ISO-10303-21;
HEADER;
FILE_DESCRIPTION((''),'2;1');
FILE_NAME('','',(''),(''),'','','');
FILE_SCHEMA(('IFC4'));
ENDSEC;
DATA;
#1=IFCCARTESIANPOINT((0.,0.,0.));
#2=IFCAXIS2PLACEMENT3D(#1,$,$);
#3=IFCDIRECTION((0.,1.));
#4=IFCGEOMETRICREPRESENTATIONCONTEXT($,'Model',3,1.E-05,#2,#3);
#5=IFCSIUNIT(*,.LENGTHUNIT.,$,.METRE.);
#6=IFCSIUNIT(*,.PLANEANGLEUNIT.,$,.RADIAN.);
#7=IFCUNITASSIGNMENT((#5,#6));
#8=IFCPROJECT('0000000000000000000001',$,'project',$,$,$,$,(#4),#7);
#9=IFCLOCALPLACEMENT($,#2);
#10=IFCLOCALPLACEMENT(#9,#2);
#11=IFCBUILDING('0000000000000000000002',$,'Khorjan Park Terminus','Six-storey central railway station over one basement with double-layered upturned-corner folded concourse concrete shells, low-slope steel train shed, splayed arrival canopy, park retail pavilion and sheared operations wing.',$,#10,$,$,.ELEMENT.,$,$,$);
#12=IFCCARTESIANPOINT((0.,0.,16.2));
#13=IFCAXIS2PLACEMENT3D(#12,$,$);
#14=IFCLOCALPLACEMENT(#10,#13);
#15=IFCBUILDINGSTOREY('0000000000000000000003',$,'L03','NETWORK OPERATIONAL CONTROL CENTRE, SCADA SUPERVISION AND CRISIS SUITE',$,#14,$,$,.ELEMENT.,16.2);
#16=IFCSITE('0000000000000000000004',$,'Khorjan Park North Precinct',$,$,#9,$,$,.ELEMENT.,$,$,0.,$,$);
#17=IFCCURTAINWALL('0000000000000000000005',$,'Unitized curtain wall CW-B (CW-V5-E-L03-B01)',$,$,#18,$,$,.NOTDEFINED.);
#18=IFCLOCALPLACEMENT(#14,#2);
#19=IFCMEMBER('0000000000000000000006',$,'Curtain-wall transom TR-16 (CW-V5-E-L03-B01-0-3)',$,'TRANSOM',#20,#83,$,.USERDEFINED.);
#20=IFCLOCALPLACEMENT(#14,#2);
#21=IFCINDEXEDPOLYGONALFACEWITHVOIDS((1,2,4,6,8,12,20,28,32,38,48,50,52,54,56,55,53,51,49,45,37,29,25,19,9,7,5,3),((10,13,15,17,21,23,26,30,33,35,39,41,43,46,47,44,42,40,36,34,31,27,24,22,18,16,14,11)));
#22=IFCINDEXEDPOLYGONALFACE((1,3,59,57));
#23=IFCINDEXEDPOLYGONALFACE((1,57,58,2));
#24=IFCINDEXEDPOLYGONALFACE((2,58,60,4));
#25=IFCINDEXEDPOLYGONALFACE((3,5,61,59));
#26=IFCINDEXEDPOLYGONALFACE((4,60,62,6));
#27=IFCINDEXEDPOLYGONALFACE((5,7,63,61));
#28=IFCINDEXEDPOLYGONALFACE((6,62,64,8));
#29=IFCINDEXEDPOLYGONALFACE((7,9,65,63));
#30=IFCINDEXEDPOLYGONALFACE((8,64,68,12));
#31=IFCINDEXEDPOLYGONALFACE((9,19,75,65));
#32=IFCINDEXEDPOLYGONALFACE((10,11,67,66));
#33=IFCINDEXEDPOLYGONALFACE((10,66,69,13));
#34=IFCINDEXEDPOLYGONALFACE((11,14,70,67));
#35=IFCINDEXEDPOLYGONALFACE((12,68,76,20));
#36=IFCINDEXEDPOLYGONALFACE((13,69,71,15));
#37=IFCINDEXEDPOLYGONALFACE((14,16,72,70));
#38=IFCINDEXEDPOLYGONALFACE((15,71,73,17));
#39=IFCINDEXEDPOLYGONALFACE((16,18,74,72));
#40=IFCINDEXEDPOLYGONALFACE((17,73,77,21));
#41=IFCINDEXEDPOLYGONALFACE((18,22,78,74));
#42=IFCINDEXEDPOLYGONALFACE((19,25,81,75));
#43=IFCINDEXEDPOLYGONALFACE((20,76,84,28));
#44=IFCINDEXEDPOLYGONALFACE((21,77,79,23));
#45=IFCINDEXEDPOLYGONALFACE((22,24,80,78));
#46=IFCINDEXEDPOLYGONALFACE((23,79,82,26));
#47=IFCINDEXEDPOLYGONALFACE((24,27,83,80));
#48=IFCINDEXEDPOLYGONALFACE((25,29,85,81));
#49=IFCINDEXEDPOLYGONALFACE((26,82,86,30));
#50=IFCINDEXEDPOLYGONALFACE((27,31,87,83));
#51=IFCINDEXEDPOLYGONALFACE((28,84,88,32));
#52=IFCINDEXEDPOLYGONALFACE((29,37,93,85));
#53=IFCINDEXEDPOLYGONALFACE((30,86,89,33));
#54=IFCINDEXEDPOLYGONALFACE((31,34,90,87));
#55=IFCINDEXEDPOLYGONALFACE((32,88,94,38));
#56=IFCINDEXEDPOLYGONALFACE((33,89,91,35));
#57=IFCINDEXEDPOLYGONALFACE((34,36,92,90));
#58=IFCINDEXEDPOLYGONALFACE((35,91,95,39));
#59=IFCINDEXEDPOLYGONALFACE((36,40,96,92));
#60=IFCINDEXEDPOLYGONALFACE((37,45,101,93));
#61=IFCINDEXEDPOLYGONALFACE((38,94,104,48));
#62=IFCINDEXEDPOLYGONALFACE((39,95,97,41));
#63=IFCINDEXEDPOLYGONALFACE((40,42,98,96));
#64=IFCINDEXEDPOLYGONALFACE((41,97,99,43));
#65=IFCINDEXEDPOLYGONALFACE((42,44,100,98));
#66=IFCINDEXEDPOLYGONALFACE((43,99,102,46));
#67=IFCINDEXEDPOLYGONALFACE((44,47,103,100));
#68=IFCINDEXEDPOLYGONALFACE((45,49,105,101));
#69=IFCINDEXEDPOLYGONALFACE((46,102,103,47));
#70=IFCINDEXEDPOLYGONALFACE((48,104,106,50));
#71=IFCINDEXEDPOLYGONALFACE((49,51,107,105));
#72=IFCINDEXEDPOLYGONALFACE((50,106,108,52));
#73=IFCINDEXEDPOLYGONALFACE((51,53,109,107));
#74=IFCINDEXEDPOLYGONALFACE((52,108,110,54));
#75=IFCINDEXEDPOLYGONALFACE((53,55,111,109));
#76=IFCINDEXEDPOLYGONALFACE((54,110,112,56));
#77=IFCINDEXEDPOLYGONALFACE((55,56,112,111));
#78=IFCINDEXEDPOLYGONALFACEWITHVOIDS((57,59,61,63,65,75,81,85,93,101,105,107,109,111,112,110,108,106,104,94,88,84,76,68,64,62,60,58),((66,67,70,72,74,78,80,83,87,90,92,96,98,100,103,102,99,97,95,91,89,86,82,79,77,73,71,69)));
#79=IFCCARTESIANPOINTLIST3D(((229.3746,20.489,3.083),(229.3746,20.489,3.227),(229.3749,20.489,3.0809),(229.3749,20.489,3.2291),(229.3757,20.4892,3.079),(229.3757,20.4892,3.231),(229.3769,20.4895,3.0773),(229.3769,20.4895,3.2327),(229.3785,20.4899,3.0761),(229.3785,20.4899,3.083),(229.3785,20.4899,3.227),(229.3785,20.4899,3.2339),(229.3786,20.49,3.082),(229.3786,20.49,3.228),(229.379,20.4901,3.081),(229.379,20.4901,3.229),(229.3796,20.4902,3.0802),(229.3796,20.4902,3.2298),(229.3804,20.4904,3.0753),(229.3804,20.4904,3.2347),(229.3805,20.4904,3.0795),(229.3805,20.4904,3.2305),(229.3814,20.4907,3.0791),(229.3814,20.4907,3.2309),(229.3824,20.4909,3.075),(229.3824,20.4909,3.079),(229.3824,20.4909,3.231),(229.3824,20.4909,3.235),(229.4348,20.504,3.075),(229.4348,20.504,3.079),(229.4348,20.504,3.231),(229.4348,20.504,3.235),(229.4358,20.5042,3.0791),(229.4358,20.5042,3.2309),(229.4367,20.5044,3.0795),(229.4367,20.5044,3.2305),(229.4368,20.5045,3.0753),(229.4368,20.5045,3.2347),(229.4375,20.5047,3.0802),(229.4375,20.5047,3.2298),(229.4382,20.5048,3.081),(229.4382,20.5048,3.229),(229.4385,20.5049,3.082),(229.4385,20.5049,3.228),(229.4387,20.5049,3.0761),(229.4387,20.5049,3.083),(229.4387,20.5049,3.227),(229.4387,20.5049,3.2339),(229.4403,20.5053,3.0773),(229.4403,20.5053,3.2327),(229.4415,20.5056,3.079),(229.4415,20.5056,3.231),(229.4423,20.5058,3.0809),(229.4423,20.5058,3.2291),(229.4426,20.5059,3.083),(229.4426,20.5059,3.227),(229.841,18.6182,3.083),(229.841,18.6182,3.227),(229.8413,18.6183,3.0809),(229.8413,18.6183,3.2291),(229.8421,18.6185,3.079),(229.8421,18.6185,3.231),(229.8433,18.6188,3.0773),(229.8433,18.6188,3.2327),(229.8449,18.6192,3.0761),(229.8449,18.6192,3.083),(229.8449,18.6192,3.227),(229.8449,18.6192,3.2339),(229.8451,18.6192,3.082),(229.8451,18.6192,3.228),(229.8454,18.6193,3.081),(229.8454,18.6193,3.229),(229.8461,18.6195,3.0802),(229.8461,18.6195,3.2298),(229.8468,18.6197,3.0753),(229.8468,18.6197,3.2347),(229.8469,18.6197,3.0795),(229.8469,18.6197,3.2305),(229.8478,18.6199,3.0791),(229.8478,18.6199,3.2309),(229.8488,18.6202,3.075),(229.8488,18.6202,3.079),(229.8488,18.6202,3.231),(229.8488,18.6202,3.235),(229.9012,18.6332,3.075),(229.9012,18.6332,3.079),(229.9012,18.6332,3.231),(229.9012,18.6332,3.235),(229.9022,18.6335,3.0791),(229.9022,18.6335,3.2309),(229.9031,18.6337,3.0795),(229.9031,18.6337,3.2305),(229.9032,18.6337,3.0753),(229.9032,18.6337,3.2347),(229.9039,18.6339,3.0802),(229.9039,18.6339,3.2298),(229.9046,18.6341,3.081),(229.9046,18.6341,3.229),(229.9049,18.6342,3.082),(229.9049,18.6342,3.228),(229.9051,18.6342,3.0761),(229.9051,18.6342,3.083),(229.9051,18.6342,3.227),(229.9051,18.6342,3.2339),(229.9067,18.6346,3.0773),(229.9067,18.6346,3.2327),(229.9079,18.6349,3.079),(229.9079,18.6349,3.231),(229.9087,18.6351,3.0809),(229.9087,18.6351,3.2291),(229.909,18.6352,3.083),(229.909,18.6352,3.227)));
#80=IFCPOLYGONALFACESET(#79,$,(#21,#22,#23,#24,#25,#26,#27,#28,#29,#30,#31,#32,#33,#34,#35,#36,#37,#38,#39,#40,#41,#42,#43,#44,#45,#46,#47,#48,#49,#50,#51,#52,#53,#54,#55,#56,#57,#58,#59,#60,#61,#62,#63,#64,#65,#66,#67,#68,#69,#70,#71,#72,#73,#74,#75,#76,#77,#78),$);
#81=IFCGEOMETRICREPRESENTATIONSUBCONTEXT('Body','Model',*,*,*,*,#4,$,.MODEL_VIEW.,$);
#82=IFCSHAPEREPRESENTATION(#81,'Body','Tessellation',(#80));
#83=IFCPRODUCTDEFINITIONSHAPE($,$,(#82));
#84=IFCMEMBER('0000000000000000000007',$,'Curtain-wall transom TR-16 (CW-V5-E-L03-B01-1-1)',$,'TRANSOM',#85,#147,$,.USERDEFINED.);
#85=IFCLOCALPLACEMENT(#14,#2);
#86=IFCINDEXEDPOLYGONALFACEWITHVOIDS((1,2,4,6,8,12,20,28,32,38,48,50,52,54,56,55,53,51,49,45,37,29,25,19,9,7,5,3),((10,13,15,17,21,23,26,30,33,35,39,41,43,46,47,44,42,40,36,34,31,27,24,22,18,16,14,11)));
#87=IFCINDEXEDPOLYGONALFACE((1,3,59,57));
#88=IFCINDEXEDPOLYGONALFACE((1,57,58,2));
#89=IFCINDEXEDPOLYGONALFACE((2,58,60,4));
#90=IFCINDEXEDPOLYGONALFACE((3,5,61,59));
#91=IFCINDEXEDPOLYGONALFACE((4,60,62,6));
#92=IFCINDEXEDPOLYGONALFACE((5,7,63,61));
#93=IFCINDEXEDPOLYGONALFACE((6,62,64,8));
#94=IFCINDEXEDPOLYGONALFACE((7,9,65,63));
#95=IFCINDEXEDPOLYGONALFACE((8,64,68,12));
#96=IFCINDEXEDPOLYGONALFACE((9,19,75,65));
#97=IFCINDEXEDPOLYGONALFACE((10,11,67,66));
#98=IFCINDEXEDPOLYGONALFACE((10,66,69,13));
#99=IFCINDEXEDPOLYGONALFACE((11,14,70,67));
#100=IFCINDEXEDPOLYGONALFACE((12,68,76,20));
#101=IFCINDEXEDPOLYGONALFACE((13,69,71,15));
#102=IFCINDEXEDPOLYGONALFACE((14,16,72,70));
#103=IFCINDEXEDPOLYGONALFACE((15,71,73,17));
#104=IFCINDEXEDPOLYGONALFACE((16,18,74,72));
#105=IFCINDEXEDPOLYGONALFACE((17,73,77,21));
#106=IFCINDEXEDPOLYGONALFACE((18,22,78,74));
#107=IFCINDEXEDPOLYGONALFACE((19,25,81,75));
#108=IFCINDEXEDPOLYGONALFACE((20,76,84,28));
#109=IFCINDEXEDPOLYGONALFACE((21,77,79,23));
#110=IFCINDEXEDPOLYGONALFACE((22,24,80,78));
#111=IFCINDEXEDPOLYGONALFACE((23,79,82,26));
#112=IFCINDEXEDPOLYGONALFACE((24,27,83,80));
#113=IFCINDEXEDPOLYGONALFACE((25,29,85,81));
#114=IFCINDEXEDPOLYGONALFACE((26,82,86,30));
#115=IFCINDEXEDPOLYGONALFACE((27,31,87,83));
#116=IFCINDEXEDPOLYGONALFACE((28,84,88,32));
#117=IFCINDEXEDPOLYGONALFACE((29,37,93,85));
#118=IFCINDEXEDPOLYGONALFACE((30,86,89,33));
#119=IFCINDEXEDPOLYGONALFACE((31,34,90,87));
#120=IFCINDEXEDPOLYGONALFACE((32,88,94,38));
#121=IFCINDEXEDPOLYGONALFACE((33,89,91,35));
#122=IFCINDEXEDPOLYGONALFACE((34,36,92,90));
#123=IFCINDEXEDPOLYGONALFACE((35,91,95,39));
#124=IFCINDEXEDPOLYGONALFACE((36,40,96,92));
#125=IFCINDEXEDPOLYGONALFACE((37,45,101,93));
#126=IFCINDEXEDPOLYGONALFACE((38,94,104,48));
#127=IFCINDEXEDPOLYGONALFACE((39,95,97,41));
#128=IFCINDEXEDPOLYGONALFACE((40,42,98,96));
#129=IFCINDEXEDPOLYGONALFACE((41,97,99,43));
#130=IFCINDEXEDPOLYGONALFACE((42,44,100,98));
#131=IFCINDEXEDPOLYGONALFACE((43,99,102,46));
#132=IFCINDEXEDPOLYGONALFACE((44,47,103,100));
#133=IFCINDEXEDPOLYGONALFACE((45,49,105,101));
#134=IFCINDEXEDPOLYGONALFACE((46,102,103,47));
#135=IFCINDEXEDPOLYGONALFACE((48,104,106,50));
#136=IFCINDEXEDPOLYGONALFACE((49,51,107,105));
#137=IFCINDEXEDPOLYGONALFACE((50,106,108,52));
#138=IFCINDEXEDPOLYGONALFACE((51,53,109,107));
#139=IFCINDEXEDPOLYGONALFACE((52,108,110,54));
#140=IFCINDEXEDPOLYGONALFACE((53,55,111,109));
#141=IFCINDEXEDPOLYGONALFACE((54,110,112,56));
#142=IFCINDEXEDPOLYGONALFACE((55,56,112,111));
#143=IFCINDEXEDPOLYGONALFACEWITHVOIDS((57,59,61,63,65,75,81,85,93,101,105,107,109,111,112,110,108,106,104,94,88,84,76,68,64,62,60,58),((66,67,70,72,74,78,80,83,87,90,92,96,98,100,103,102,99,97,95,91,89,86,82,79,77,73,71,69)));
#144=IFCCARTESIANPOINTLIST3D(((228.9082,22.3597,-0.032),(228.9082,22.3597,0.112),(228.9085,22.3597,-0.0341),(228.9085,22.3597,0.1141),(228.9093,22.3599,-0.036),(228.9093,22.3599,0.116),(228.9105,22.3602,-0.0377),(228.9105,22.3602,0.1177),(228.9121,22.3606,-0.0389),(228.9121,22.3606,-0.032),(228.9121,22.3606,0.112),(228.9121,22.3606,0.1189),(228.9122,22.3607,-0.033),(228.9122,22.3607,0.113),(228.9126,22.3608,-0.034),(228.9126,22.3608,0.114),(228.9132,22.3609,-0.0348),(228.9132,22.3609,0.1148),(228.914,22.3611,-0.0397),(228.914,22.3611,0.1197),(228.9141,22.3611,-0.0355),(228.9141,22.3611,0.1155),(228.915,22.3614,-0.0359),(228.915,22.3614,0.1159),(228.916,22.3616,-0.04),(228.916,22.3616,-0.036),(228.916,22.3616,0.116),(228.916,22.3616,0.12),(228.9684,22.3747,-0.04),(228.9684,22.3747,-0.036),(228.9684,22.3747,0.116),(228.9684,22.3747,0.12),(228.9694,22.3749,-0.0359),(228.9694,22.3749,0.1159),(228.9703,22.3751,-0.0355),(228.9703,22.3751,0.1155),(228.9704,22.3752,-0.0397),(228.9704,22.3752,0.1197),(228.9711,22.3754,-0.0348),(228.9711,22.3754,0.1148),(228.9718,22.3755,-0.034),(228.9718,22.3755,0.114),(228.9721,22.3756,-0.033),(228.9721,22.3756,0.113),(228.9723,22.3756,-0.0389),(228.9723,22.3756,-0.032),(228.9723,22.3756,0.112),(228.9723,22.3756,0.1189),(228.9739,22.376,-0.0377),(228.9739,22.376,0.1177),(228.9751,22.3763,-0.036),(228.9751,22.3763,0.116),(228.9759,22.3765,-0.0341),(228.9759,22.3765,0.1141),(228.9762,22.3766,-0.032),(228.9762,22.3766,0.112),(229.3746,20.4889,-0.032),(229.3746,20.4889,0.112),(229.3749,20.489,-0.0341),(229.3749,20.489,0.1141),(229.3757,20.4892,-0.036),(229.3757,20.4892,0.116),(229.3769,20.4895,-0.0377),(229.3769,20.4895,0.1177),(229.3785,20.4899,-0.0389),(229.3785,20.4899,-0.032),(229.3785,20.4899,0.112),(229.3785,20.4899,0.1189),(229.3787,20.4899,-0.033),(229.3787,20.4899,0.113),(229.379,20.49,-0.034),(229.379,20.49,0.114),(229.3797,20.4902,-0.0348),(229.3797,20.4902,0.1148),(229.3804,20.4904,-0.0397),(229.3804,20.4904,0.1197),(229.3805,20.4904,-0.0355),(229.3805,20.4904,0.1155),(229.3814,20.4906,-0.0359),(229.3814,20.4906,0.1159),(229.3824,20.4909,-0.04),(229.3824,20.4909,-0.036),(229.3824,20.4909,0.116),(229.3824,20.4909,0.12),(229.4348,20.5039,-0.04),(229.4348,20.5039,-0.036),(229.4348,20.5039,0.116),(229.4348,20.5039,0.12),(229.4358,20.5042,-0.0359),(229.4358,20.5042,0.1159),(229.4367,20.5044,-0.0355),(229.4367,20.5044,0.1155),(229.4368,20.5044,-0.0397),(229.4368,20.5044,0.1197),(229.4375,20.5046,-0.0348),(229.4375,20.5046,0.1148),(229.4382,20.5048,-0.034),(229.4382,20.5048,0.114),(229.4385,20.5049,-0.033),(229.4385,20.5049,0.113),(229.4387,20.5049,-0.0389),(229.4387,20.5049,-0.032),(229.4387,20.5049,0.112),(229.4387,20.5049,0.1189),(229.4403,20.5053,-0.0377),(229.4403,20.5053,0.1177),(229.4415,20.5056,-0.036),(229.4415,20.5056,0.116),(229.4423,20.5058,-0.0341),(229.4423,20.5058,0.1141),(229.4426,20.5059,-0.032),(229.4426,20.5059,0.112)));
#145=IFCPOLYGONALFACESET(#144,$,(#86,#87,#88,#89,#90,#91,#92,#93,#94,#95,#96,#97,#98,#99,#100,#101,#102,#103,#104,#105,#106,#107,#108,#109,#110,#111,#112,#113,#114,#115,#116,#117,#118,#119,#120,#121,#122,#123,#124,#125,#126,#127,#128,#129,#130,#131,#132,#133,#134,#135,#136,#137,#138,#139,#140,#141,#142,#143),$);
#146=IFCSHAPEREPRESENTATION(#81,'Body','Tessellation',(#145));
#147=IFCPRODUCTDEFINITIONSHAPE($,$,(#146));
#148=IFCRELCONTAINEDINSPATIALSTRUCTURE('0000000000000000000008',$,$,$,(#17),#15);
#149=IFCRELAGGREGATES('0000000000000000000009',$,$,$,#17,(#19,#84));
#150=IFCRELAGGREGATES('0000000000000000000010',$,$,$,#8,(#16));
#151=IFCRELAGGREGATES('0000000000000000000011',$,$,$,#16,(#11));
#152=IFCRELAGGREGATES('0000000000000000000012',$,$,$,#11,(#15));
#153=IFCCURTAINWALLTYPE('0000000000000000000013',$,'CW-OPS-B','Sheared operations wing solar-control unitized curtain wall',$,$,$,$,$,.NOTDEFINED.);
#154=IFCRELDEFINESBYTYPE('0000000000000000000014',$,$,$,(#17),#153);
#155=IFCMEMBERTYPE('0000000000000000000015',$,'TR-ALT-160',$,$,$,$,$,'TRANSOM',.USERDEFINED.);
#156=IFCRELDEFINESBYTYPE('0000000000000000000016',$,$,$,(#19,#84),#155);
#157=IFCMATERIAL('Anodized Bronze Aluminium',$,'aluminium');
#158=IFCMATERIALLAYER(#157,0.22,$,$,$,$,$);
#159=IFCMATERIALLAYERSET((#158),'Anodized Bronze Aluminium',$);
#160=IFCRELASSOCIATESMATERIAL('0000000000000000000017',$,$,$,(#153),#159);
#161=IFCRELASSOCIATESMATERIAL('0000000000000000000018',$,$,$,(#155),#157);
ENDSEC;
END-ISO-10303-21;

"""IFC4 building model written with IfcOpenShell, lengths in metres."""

from ifc_helpers import new_model, si_unit, direction, frame, origin, origin_2d, place, context, subcontext, project, spatial, hollow_rectangle, extrude, material, layer, layer_set, material_profile, profile_set, type_object, element, aggregate, save


model = new_model("IFC4")

# Units and contexts
model_context = context("Model", 3, precision=1e-05, world=origin(), true_north=direction((0.0, 1.0)))
body_context = subcontext(model_context, "Body", "Model", "MODEL_VIEW")
ifc_project = project(units=[si_unit("LENGTHUNIT", "METRE"), si_unit("PLANEANGLEUNIT", "RADIAN")], contexts=[model_context])

# Site, building, storey
site_placement = place(None, origin())
site = spatial("IfcSite", under=ifc_project, at=site_placement, Name="Khorjan Park North Precinct", CompositionType="ELEMENT", RefElevation=0.0)
building_placement = place(site_placement, origin())
building = spatial("IfcBuilding", under=site, at=building_placement, Name="Khorjan Park Terminus", Description="Six-storey central railway station over one basement with double-layered upturned-corner folded concourse concrete shells, low-slope steel train shed, splayed arrival canopy, park retail pavilion and sheared operations wing.", CompositionType="ELEMENT")
storey_placement = place(building_placement, frame((0.0, 0.0, 16.2)))
storey = spatial("IfcBuildingStorey", under=building, at=storey_placement, Name="L03", Description="NETWORK OPERATIONAL CONTROL CENTRE, SCADA SUPERVISION AND CRISIS SUITE", CompositionType="ELEMENT", Elevation=16.2)

# Curtain wall
ifc_material_1 = material(Name="Anodized Bronze Aluminium", Category="aluminium")
ifc_layer_1 = layer(ifc_material_1, 0.22)
ifc_layer_set_1 = layer_set([ifc_layer_1], Name="Anodized Bronze Aluminium")
curtain_wall_type = type_object("IfcCurtainWallType", Name="CW-OPS-B", Description="Sheared operations wing solar-control unitized curtain wall", PredefinedType="NOTDEFINED", material=ifc_layer_set_1)
curtain_wall_1_placement = place(storey_placement, origin())
curtain_wall_1 = element("IfcCurtainWall", 1, at=curtain_wall_1_placement, inside=storey, type_object=curtain_wall_type, Name="Unitized curtain wall CW-B (CW-V5-E-L03-B01)", PredefinedType="NOTDEFINED")

# Members
ifc_material_profile_1 = material_profile(ifc_material_1, hollow_rectangle(XDim=0.07, YDim=0.16, WallThickness=0.004, InnerFilletRadius=0.004, OuterFilletRadius=0.008, at=origin_2d()), Name="ALT 70x160x4")
ifc_profile_set_1 = profile_set([ifc_material_profile_1], Name="Anodized Bronze Aluminium")
member_type_1 = type_object("IfcMemberType", Name="TR-ALT-160", ElementType="TRANSOM", PredefinedType="USERDEFINED", material=ifc_profile_set_1)
member_1_placement = place(storey_placement, frame((229.875, 18.6267, 3.155), z_axis=(-0.241913, 0.970298, 0.0), x_axis=(-0.970298, -0.241913, 0.0)))
member_1 = element("IfcMember", 2, at=member_1_placement, type_object=member_type_1, Name="Curtain-wall transom TR-16 (CW-V5-E-L03-B01-0-3)", ObjectType="TRANSOM", PredefinedType="USERDEFINED", context=body_context, shape_type="SweptSolid", body=[
    extrude(hollow_rectangle(XDim=0.07, YDim=0.16, WallThickness=0.004, InnerFilletRadius=0.004, OuterFilletRadius=0.008, at=origin_2d()), origin(), (0.0, 0.0, 1.0), 1.928),
])
member_2_placement = place(storey_placement, frame((229.4086, 20.4974, 0.04), z_axis=(-0.241913, 0.970298, 0.0), x_axis=(-0.970298, -0.241913, 0.0)))
member_2 = element("IfcMember", 3, at=member_2_placement, type_object=member_type_1, Name="Curtain-wall transom TR-16 (CW-V5-E-L03-B01-1-1)", ObjectType="TRANSOM", PredefinedType="USERDEFINED", context=body_context, shape_type="SweptSolid", body=[
    extrude(hollow_rectangle(XDim=0.07, YDim=0.16, WallThickness=0.004, InnerFilletRadius=0.004, OuterFilletRadius=0.008, at=origin_2d()), origin(), (0.0, 0.0, 1.0), 1.928),
])

aggregate(curtain_wall_1, [member_1, member_2])

save(model, "model.ifc")
